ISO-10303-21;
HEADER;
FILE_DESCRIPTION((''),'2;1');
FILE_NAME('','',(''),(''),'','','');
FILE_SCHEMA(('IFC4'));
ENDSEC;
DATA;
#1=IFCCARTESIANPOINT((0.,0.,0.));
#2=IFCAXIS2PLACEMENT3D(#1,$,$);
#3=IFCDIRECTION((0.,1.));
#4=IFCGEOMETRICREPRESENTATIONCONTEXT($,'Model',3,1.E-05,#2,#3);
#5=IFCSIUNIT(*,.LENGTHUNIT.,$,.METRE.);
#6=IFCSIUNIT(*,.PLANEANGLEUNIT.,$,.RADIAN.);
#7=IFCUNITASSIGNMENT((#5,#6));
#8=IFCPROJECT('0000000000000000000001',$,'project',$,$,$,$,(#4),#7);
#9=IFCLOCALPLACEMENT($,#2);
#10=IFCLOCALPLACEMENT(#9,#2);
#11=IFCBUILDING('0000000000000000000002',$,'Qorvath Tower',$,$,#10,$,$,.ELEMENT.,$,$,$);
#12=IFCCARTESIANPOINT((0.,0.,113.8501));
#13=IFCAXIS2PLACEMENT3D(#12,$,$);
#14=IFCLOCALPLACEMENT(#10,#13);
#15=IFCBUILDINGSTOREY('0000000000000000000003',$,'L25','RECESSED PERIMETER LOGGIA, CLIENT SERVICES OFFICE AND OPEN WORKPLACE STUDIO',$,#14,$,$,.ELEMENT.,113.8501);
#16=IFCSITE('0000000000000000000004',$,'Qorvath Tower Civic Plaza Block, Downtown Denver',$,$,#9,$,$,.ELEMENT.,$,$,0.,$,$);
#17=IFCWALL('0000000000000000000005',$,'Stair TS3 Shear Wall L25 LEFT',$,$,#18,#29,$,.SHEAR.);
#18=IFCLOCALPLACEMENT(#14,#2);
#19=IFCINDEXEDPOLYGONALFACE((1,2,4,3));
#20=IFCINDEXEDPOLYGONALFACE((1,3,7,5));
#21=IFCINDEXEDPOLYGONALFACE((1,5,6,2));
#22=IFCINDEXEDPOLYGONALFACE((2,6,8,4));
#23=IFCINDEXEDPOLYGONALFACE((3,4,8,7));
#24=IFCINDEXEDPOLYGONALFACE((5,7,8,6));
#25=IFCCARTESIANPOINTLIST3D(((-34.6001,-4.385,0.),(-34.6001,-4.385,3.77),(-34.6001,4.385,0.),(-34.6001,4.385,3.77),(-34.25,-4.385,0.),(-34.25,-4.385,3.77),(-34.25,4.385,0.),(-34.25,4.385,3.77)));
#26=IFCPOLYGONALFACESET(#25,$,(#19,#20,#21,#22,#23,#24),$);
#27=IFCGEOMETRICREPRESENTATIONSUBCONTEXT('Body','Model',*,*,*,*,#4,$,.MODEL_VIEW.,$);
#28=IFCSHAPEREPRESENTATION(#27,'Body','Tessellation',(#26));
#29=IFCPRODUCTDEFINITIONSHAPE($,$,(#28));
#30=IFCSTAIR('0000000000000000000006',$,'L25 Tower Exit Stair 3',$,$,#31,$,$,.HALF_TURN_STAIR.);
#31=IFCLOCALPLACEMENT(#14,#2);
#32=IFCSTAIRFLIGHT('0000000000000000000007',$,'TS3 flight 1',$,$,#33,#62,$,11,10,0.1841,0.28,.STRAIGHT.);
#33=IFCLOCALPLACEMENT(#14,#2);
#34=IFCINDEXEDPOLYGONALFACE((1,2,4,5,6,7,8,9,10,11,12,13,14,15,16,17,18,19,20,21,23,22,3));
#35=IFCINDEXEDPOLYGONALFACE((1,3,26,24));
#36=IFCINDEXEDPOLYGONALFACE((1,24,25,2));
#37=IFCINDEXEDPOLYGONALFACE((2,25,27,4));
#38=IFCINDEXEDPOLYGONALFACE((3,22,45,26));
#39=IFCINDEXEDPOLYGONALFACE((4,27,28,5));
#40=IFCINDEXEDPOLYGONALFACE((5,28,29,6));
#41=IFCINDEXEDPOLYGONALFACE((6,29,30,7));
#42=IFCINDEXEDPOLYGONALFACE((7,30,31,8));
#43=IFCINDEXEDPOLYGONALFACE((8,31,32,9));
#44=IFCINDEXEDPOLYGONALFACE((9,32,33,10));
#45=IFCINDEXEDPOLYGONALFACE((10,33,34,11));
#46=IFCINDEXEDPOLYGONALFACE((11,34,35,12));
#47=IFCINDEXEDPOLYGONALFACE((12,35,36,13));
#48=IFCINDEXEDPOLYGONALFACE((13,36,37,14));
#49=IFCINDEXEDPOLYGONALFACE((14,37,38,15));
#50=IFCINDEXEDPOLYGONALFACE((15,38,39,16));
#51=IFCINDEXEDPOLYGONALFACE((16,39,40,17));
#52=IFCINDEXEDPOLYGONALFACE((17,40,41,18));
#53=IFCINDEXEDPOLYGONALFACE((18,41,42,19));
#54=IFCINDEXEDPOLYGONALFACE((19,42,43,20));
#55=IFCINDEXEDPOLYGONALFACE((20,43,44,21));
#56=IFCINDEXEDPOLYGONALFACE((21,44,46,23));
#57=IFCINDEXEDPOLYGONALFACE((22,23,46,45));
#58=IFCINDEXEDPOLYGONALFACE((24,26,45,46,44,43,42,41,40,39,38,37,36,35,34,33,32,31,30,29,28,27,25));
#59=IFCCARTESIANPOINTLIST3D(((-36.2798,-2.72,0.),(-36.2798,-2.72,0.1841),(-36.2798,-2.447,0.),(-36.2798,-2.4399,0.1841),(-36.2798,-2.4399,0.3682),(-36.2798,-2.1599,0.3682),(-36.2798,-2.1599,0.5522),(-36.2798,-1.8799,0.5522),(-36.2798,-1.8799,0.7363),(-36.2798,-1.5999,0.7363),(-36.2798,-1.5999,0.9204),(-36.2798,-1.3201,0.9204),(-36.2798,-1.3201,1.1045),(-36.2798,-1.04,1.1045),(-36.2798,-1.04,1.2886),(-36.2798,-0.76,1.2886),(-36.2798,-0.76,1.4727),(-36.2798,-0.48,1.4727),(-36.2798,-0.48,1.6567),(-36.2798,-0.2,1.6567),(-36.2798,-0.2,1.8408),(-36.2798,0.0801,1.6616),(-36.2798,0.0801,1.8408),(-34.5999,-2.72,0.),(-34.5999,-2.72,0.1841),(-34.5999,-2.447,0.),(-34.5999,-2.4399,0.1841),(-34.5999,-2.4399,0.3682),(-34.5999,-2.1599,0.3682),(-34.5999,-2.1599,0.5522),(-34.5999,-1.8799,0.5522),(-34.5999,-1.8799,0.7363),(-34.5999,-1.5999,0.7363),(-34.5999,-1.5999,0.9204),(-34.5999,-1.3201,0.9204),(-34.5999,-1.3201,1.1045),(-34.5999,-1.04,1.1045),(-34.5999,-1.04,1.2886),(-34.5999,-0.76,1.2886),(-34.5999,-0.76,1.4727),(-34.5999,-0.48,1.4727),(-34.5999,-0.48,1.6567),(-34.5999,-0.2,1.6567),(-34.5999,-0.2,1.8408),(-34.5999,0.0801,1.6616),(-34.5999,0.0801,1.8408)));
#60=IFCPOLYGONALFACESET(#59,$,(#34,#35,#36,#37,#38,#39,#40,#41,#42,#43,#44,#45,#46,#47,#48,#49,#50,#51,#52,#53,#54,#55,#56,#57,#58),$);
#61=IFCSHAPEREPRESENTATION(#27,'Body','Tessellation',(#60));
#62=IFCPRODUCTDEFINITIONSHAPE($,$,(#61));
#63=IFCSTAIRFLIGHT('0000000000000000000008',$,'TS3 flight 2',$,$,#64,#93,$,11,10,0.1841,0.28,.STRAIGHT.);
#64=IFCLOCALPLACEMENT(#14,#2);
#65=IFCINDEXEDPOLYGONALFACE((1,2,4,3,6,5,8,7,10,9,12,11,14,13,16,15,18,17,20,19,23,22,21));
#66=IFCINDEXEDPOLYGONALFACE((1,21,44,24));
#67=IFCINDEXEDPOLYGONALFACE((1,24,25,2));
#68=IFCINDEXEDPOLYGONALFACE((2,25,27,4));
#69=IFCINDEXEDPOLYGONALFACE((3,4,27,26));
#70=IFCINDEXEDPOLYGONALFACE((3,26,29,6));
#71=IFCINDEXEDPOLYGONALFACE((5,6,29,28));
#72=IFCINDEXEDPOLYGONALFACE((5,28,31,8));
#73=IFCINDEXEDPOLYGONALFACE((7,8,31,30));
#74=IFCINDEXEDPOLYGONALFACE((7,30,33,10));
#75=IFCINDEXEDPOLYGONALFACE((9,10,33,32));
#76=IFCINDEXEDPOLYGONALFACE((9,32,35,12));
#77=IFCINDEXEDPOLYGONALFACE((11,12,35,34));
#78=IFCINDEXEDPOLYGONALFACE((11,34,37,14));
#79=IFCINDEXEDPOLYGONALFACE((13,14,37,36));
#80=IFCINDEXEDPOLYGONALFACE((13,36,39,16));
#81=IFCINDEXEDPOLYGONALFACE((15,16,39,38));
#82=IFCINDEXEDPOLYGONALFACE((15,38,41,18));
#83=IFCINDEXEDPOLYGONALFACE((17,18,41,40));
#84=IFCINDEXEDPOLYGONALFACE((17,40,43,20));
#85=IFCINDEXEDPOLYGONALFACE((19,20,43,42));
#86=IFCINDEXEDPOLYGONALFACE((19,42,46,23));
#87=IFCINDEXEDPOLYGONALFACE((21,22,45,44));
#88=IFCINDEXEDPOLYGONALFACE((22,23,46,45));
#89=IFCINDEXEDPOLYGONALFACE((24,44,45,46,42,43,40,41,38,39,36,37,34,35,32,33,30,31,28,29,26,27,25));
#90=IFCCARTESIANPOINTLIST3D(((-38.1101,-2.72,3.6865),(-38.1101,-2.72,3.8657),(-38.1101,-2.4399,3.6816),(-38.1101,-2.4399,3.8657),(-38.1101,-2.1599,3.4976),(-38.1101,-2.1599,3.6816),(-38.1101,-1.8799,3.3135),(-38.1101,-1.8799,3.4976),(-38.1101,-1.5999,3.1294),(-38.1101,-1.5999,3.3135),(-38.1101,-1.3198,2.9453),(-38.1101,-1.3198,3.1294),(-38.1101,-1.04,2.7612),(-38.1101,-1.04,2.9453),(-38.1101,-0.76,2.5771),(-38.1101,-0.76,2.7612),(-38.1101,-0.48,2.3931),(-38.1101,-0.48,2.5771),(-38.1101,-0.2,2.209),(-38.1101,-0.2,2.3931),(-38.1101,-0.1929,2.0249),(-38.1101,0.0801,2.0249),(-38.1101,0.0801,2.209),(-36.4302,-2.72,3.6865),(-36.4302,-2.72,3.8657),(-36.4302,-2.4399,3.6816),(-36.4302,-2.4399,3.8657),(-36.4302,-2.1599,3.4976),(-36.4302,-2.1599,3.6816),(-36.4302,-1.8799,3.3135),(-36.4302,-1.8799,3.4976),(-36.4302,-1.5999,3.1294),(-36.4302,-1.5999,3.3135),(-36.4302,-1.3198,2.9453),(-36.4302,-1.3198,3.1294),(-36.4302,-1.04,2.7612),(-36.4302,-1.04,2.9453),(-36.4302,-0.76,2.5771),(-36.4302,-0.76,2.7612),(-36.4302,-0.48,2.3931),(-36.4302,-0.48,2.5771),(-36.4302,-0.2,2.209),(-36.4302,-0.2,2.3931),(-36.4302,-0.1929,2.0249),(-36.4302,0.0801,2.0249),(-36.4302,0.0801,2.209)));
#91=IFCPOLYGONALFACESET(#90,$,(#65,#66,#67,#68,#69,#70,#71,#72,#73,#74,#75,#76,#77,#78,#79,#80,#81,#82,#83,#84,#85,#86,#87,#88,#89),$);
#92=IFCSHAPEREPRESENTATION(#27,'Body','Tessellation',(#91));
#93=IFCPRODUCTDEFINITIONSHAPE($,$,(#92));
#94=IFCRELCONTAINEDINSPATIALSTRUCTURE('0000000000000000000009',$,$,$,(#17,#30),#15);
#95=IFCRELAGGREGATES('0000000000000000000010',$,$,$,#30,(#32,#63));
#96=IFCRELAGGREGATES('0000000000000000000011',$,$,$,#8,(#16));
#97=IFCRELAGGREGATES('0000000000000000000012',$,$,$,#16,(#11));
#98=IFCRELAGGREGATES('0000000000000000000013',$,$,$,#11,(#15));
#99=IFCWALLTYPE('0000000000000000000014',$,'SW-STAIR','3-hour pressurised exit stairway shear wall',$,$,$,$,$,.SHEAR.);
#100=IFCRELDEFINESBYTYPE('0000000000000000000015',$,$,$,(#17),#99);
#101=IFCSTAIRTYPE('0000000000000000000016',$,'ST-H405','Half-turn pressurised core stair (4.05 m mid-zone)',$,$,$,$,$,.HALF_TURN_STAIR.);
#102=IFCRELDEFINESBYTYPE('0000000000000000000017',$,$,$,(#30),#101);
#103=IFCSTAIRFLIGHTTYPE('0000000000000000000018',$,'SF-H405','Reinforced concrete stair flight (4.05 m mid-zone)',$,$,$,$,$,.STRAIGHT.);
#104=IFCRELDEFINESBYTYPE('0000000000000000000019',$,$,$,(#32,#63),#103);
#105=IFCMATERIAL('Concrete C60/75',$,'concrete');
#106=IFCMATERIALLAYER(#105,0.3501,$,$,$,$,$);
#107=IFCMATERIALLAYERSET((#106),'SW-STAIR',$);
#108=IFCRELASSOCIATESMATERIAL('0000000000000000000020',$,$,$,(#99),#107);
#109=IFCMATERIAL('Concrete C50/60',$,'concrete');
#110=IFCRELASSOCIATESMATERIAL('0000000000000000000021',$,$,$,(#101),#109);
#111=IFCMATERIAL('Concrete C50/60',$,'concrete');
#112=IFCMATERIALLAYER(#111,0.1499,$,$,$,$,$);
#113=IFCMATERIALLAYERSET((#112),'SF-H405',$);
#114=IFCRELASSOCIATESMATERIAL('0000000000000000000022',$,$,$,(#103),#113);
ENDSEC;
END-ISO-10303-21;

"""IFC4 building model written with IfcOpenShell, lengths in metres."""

from ifc_helpers import new_model, si_unit, direction, frame, frame_2d, origin, place, context, subcontext, project, spatial, polyline, rectangle, outline, extrude, material, layer, layer_set, type_object, element, aggregate, save


model = new_model("IFC4")

# Units and contexts
model_context = context("Model", 3, precision=1e-05, world=origin(), true_north=direction((0.0, 1.0)))
body_context = subcontext(model_context, "Body", "Model", "MODEL_VIEW")
ifc_project = project(units=[si_unit("LENGTHUNIT", "METRE"), si_unit("PLANEANGLEUNIT", "RADIAN")], contexts=[model_context])

# Site, building, storey
site_placement = place(None, origin())
site = spatial("IfcSite", under=ifc_project, at=site_placement, Name="Qorvath Tower Civic Plaza Block, Downtown Denver", CompositionType="ELEMENT", RefElevation=0.0)
building_placement = place(site_placement, origin())
building = spatial("IfcBuilding", under=site, at=building_placement, Name="Qorvath Tower", CompositionType="ELEMENT")
storey_placement = place(building_placement, frame((0.0, 0.0, 113.8501)))
storey = spatial("IfcBuildingStorey", under=building, at=storey_placement, Name="L25", Description="RECESSED PERIMETER LOGGIA, CLIENT SERVICES OFFICE AND OPEN WORKPLACE STUDIO", CompositionType="ELEMENT", Elevation=113.8501)

# Wall
ifc_material_1 = material(Name="Concrete C60/75", Category="concrete")
ifc_layer_1 = layer(ifc_material_1, 0.3501)
ifc_layer_set_1 = layer_set([ifc_layer_1], Name="SW-STAIR")
wall_type_1 = type_object("IfcWallType", Name="SW-STAIR", Description="3-hour pressurised exit stairway shear wall", PredefinedType="SHEAR", material=ifc_layer_set_1)
wall_1_placement = place(storey_placement, frame((-34.425, -4.385, 0.0), z_axis=(0.0, 0.0, 1.0), x_axis=(0.0, 1.0, 0.0)))
element("IfcWall", 1, at=wall_1_placement, inside=storey, type_object=wall_type_1, Name="Stair TS3 Shear Wall L25 LEFT", PredefinedType="SHEAR", context=body_context, shape_type="SweptSolid", body=[
    extrude(rectangle(XDim=8.77, YDim=0.3501, at=frame_2d((4.385, 0.0))), origin(), (0.0, 0.0, 1.0), 3.77),
])

# Stair, stair flights
ifc_material_2 = material(Name="Concrete C50/60", Category="concrete")
stair_type = type_object("IfcStairType", Name="ST-H405", Description="Half-turn pressurised core stair (4.05 m mid-zone)", PredefinedType="HALF_TURN_STAIR", material=ifc_material_2)
stair_placement = place(storey_placement, origin())
stair = element("IfcStair", 2, at=stair_placement, inside=storey, type_object=stair_type, Name="L25 Tower Exit Stair 3", PredefinedType="HALF_TURN_STAIR")
ifc_material_3 = material(Name="Concrete C50/60", Category="concrete")
ifc_layer_2 = layer(ifc_material_3, 0.1499)
ifc_layer_set_2 = layer_set([ifc_layer_2], Name="SF-H405")
stair_flight_type = type_object("IfcStairFlightType", Name="SF-H405", Description="Reinforced concrete stair flight (4.05 m mid-zone)", PredefinedType="STRAIGHT", material=ifc_layer_set_2)
stair_flight_1_placement = place(storey_placement, frame((-35.4399, -2.72, 0.0), z_axis=(0.0, 0.0, 1.0), x_axis=(0.0, 1.0, 0.0)))
stair_flight_1 = element("IfcStairFlight", 3, at=stair_flight_1_placement, type_object=stair_flight_type, Name="TS3 flight 1", NumberOfRisers=11, NumberOfTreads=10, PredefinedType="STRAIGHT", RiserHeight=0.1841, TreadLength=0.28, context=body_context, shape_type="SweptSolid", body=[
    extrude(outline(polyline([(0.0, 0.0), (0.0, 0.1841), (0.28, 0.1841), (0.28, 0.3682), (0.5601, 0.3682), (0.5601, 0.5522), (0.8401, 0.5522), (0.8401, 0.7363), (1.1201, 0.7363), (1.1201, 0.9204), (1.3999, 0.9204), (1.3999, 1.1045), (1.6799, 1.1045), (1.6799, 1.2886), (1.96, 1.2886), (1.96, 1.4727), (2.24, 1.4727), (2.24, 1.6567), (2.52, 1.6567), (2.52, 1.8408), (2.8, 1.8408), (2.8, 2.0249), (2.8, 1.6616), (0.2729, 0.0), (0.0, 0.0)])), frame((0.0, 0.8398, 0.0), z_axis=(0.0, -1.0, 0.0), x_axis=(1.0, 0.0, 0.0)), (0.0, 0.0, 1.0), 1.6799),
])
stair_flight_2_placement = place(storey_placement, frame((-37.27, 0.0801, 2.0249), z_axis=(0.0, 0.0, 1.0), x_axis=(0.0, -1.0, 0.0)))
stair_flight_2 = element("IfcStairFlight", 4, at=stair_flight_2_placement, type_object=stair_flight_type, Name="TS3 flight 2", NumberOfRisers=11, NumberOfTreads=10, PredefinedType="STRAIGHT", RiserHeight=0.1841, TreadLength=0.28, context=body_context, shape_type="SweptSolid", body=[
    extrude(outline(polyline([(0.0, 0.0), (0.0, 0.1841), (0.28, 0.1841), (0.28, 0.3682), (0.5601, 0.3682), (0.5601, 0.5522), (0.8401, 0.5522), (0.8401, 0.7363), (1.1201, 0.7363), (1.1201, 0.9204), (1.3999, 0.9204), (1.3999, 1.1045), (1.6799, 1.1045), (1.6799, 1.2886), (1.96, 1.2886), (1.96, 1.4727), (2.24, 1.4727), (2.24, 1.6567), (2.52, 1.6567), (2.52, 1.8408), (2.8, 1.8408), (2.8, 2.0249), (2.8, 1.6616), (0.2729, 0.0), (0.0, 0.0)])), frame((0.0, 0.8398, 0.0), z_axis=(0.0, -1.0, 0.0), x_axis=(1.0, 0.0, 0.0)), (0.0, 0.0, 1.0), 1.6799),
])
aggregate(stair, [stair_flight_1, stair_flight_2])

save(model, "model.ifc")
